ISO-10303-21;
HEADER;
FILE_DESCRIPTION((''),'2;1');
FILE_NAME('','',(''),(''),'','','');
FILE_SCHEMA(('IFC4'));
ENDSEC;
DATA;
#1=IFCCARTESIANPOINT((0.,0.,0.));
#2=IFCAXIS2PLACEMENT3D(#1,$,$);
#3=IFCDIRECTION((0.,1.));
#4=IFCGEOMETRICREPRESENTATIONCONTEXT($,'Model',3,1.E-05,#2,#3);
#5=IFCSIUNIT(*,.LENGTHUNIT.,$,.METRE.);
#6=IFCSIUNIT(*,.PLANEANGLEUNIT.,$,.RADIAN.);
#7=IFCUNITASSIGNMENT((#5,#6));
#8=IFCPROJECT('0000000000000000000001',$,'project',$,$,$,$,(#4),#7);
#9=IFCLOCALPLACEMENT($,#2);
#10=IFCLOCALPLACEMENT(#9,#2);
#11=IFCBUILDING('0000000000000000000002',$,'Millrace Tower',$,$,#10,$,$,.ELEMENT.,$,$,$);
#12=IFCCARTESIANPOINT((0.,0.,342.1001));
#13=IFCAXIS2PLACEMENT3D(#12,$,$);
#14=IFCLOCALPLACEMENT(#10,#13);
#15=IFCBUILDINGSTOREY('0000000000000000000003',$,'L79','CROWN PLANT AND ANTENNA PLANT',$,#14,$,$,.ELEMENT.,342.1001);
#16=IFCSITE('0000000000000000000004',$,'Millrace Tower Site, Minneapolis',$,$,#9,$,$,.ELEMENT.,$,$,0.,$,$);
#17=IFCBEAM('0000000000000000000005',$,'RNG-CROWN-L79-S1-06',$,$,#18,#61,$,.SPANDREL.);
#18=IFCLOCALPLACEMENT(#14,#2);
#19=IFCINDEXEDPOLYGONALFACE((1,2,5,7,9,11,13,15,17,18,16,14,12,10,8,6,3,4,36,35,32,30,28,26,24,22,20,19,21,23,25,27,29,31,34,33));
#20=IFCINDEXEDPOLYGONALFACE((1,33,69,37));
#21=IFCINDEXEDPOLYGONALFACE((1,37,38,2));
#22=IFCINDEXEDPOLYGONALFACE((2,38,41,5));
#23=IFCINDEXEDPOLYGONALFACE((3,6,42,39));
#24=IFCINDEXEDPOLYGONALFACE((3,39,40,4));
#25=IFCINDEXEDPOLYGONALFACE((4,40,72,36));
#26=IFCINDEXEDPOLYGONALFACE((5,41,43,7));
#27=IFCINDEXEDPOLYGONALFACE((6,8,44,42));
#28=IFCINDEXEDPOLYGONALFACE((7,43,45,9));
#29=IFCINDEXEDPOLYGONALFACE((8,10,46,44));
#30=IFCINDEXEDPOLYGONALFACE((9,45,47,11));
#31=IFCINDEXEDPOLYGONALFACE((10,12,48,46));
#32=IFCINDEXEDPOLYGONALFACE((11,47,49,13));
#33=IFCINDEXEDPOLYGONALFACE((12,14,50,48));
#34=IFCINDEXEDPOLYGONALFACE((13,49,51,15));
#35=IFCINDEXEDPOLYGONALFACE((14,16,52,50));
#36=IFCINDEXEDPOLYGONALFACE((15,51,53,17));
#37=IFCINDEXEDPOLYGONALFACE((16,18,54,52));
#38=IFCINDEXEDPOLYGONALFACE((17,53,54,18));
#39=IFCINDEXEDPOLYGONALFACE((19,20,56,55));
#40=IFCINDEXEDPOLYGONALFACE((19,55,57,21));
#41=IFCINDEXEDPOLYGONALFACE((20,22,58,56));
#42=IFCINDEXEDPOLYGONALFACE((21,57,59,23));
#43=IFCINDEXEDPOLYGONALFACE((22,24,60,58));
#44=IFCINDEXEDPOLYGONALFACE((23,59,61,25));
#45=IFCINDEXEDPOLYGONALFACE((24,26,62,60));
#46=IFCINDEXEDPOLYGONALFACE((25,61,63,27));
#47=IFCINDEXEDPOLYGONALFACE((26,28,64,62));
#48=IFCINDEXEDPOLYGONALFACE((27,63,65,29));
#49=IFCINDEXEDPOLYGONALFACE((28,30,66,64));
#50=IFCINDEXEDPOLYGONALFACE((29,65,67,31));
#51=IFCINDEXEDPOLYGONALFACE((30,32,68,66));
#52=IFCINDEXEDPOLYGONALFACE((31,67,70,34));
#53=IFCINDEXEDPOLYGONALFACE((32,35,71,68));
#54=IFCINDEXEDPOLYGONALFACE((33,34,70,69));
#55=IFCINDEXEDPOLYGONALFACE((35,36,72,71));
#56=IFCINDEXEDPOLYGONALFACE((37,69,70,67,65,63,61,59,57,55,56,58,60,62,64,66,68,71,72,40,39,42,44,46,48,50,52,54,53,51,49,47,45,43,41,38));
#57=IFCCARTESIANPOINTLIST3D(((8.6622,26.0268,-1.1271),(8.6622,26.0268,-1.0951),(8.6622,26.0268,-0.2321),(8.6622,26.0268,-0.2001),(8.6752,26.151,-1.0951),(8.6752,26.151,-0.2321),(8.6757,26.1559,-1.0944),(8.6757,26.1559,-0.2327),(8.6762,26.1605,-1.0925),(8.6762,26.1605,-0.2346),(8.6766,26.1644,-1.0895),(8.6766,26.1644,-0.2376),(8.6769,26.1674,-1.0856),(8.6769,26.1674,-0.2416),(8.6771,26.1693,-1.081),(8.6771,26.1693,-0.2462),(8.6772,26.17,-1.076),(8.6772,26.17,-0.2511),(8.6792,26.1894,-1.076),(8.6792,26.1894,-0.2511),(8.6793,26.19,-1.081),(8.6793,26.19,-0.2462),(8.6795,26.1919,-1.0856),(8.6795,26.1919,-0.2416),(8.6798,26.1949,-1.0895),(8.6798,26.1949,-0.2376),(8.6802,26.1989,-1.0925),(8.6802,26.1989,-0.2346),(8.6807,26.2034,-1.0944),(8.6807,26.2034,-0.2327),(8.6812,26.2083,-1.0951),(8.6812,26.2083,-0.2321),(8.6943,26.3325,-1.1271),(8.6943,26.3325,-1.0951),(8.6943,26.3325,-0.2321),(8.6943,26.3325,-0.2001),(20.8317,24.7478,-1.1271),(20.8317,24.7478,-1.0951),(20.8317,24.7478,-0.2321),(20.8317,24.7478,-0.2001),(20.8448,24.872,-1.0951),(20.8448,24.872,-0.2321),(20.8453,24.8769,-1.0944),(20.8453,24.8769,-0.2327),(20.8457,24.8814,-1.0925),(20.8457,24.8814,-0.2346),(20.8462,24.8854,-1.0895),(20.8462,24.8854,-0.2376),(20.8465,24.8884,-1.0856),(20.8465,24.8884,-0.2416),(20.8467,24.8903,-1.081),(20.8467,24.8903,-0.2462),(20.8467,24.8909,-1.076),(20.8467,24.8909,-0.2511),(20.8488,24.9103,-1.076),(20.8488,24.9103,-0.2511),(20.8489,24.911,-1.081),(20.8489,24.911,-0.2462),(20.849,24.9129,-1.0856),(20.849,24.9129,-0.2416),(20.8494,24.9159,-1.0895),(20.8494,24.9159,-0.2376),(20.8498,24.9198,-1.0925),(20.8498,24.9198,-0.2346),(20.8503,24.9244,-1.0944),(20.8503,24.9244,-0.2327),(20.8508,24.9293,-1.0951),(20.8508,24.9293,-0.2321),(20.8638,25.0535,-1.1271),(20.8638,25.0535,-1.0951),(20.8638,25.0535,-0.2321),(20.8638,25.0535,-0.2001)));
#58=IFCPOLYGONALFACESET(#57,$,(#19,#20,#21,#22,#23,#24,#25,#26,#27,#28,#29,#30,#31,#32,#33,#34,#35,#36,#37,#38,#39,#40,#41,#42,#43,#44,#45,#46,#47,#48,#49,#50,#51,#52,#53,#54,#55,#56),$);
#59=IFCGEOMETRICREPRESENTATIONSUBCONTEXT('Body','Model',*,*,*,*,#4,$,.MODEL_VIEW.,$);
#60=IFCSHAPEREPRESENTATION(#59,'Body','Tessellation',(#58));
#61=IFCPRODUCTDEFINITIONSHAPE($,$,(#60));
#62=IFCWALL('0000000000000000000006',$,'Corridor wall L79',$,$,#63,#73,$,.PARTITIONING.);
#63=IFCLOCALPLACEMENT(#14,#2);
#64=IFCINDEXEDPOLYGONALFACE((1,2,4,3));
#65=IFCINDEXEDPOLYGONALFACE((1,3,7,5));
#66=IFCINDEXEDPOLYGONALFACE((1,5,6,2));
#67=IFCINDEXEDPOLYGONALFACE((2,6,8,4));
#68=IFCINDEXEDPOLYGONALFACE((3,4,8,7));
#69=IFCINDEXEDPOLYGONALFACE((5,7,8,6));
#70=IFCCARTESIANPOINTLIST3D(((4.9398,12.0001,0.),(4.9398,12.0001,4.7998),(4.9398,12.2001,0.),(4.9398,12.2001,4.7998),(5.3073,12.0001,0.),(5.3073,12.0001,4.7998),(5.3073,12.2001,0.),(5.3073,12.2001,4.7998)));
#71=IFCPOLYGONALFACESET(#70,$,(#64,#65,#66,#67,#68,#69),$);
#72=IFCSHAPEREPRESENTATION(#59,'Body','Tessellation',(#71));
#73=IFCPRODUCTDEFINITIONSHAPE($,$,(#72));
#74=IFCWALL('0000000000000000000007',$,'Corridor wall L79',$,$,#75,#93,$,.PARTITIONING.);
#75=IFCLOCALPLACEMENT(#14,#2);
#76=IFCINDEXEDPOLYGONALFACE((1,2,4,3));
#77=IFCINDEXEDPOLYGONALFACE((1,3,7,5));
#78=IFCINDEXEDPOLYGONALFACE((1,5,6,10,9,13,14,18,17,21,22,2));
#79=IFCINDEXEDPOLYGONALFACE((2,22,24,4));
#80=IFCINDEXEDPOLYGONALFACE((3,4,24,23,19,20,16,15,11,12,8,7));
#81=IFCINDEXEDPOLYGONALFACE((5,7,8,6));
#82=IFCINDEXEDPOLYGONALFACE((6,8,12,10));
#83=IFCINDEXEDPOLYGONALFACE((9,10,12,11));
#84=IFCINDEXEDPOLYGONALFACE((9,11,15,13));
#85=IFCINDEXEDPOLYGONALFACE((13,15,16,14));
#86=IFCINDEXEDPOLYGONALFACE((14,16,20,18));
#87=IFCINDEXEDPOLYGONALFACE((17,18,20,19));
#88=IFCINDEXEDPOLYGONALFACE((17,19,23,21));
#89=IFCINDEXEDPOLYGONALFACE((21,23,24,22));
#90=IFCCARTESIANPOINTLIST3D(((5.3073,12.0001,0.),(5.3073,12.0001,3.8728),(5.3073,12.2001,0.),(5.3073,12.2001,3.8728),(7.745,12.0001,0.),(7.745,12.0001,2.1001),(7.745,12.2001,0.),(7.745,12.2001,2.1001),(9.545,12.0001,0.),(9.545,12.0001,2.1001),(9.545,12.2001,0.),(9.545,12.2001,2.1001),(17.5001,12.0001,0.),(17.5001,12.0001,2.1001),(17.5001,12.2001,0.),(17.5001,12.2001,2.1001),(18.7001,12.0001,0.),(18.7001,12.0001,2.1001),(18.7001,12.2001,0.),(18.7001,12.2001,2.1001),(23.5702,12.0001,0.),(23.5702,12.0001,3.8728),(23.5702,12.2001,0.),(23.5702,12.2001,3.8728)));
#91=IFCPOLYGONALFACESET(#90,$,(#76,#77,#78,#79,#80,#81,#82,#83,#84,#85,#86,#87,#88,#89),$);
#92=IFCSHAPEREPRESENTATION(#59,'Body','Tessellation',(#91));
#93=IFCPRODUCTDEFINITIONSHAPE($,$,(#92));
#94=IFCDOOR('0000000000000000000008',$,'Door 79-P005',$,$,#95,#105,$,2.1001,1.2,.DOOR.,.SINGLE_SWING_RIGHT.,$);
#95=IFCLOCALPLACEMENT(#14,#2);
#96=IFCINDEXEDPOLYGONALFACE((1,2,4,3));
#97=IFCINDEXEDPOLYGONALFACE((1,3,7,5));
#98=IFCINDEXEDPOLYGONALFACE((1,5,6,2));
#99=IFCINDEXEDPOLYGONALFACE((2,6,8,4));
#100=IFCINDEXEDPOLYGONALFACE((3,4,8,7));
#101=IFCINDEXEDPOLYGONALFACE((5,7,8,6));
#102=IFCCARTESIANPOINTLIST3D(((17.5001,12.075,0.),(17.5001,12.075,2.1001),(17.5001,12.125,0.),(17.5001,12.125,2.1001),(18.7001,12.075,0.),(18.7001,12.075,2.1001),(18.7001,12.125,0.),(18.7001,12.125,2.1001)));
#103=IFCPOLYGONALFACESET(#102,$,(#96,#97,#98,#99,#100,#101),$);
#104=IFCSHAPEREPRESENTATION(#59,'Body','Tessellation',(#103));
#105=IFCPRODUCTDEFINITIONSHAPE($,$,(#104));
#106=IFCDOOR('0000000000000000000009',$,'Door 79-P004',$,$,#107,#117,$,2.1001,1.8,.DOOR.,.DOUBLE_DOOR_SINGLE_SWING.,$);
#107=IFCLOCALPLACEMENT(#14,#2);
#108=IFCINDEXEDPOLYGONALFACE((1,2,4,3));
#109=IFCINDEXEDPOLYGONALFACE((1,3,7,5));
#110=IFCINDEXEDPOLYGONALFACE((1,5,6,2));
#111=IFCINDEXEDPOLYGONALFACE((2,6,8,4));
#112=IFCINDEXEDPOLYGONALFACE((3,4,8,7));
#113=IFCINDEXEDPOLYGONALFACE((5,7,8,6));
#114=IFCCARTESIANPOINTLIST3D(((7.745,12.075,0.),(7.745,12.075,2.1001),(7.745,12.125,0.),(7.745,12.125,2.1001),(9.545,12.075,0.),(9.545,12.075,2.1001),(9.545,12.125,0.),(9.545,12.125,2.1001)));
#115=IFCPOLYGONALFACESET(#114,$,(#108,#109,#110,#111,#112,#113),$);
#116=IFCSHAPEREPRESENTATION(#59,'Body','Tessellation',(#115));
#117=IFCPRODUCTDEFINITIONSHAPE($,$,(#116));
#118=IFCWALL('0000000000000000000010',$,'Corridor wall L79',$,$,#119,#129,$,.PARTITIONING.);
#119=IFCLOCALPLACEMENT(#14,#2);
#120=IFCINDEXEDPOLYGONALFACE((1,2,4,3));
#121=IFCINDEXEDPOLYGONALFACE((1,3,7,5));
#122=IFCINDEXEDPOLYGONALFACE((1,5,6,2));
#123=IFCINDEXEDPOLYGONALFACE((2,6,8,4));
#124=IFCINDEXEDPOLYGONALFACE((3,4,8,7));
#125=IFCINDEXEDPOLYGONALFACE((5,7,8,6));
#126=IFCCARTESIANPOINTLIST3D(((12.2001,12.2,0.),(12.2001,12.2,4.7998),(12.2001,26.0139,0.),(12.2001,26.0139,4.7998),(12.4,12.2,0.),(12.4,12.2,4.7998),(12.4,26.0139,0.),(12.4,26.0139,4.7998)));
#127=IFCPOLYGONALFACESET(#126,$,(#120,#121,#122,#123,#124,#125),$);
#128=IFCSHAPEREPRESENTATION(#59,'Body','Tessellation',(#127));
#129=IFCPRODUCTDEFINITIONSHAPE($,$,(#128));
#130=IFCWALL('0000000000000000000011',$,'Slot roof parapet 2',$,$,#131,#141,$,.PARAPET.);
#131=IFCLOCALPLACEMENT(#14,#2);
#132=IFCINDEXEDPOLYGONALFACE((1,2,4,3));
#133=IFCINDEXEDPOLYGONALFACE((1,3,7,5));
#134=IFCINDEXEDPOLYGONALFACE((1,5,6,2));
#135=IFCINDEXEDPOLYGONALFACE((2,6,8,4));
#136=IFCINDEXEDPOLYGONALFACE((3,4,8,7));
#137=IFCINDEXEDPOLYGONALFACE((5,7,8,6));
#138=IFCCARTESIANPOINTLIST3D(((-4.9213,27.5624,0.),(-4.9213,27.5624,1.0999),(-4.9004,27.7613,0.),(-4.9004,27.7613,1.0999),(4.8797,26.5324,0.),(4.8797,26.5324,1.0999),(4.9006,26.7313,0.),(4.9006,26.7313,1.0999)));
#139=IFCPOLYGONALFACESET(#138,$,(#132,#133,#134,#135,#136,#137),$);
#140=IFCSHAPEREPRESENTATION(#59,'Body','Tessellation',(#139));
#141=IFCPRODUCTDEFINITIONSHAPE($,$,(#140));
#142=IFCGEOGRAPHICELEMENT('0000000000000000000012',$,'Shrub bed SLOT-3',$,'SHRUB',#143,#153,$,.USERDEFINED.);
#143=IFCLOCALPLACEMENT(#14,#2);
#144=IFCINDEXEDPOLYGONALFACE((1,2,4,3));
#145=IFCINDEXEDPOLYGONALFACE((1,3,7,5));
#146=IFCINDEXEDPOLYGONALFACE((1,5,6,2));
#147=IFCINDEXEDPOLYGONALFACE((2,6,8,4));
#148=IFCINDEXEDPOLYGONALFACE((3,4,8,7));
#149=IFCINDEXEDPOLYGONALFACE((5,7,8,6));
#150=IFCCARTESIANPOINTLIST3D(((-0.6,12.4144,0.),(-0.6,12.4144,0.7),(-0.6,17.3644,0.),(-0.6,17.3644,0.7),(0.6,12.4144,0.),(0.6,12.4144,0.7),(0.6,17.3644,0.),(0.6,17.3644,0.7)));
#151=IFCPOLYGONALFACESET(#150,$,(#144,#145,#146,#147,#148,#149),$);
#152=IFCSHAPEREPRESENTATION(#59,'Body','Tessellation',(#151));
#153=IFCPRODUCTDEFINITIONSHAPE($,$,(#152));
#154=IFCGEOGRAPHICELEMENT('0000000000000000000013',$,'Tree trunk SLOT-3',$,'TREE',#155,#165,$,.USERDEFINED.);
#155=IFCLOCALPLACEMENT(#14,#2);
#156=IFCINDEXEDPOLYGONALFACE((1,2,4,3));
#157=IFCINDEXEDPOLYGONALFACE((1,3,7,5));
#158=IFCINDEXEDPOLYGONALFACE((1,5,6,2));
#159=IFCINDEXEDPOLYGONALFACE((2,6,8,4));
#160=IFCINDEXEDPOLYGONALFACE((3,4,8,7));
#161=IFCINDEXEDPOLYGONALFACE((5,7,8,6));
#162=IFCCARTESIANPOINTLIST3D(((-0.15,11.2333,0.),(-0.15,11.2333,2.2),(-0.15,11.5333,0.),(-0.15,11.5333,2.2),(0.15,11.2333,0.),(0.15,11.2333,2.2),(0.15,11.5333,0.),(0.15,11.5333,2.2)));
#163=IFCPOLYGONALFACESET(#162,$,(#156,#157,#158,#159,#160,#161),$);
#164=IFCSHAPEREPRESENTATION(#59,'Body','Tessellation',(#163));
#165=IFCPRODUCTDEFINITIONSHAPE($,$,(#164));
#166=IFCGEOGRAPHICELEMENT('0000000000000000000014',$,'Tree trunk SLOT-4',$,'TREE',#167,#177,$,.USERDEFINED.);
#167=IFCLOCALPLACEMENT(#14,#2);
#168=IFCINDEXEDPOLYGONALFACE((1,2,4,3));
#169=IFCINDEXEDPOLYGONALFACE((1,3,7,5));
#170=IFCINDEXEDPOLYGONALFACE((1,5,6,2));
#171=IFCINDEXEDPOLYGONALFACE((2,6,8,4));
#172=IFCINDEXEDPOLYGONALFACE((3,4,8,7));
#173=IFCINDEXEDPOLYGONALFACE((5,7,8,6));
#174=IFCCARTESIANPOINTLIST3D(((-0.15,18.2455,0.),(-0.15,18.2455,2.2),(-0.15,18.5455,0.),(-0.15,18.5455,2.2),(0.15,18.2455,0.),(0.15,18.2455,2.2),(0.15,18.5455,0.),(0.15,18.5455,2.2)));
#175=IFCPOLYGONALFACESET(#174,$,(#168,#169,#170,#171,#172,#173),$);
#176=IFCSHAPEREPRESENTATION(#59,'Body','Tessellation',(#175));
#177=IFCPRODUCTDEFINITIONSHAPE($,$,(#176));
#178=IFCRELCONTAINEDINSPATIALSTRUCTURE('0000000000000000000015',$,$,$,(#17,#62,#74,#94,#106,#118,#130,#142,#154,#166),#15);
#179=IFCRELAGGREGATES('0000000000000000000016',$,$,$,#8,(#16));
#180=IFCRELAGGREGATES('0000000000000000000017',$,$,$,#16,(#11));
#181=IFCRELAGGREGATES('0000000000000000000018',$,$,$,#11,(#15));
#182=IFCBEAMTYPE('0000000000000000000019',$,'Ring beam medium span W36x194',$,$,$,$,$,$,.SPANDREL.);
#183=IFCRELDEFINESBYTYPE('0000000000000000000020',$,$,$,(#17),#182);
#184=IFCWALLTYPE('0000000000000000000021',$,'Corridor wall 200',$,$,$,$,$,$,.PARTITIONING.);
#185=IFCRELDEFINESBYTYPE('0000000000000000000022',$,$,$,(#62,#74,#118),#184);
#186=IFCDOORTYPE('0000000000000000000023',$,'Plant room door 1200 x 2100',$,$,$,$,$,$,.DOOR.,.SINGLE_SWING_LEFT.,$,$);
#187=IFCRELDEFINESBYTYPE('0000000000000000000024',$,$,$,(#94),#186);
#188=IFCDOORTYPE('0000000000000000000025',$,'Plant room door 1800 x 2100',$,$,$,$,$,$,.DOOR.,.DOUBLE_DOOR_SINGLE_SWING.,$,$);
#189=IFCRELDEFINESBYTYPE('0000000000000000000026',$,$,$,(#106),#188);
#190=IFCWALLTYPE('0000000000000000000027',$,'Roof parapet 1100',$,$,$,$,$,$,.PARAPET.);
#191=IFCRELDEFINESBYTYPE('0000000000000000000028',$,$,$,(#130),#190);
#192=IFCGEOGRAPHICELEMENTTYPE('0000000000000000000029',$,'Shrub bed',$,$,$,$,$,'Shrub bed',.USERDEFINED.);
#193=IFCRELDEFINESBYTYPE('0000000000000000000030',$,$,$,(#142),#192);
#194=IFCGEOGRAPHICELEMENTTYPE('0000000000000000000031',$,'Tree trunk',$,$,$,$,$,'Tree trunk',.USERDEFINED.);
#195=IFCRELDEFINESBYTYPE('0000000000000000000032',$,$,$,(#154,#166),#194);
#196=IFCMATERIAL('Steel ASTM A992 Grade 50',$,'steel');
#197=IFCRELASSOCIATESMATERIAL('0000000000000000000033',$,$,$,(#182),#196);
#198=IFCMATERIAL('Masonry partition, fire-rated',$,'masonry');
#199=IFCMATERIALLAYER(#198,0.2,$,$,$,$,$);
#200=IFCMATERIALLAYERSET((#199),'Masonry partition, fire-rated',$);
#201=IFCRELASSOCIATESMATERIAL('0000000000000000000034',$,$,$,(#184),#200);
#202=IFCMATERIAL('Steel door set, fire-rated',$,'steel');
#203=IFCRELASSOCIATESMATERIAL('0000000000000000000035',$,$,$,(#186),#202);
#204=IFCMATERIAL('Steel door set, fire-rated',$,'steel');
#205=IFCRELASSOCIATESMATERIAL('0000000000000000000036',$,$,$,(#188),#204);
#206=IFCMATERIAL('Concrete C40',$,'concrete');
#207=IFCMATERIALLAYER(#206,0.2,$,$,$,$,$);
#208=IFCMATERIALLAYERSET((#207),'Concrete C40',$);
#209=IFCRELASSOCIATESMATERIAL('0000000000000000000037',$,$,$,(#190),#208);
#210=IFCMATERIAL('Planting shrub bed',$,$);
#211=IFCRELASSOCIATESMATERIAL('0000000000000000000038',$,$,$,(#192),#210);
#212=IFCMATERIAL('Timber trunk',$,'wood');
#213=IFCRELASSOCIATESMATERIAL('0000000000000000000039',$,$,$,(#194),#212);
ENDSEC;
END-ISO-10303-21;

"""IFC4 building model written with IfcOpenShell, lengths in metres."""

from ifc_helpers import new_model, si_unit, direction, frame, frame_2d, origin, origin_2d, place, context, subcontext, project, spatial, rectangle, i_section, extrude, material, layer, layer_set, material_profile, profile_set, type_object, element, fill, save


model = new_model("IFC4")

# Units and contexts
model_context = context("Model", 3, precision=1e-05, world=origin(), true_north=direction((0.0, 1.0)))
body_context = subcontext(model_context, "Body", "Model", "MODEL_VIEW")
ifc_project = project(units=[si_unit("LENGTHUNIT", "METRE"), si_unit("PLANEANGLEUNIT", "RADIAN")], contexts=[model_context])

# Site, building, storey
site_placement = place(None, origin())
site = spatial("IfcSite", under=ifc_project, at=site_placement, Name="Millrace Tower Site, Minneapolis", CompositionType="ELEMENT", RefElevation=0.0)
building_placement = place(site_placement, origin())
building = spatial("IfcBuilding", under=site, at=building_placement, Name="Millrace Tower", CompositionType="ELEMENT")
storey_placement = place(building_placement, frame((0.0, 0.0, 342.1001)))
storey = spatial("IfcBuildingStorey", under=building, at=storey_placement, Name="L79", Description="CROWN PLANT AND ANTENNA PLANT", CompositionType="ELEMENT", Elevation=342.1001)

# Beam
ifc_material_1 = material(Name="Steel ASTM A992 Grade 50", Category="steel")
ifc_material_profile_1 = material_profile(ifc_material_1, i_section(OverallWidth=0.3074, OverallDepth=0.927, WebThickness=0.0195, FlangeThickness=0.032, FilletRadius=0.019, at=origin_2d()))
ifc_profile_set_1 = profile_set([ifc_material_profile_1], Name="Steel ASTM A992 Grade 50")
beam_type_1 = type_object("IfcBeamType", Name="Ring beam medium span W36x194", PredefinedType="SPANDREL", material=ifc_profile_set_1)
beam_1_placement = place(storey_placement, frame((8.6782, 26.1797, -0.6636), z_axis=(0.994522, -0.104528, 0.0), x_axis=(0.104528, 0.994522, 0.0)))
element("IfcBeam", 1, at=beam_1_placement, inside=storey, type_object=beam_type_1, Name="RNG-CROWN-L79-S1-06", PredefinedType="SPANDREL", context=body_context, shape_type="SweptSolid", body=[
    extrude(i_section(OverallWidth=0.3074, OverallDepth=0.927, WebThickness=0.0195, FlangeThickness=0.032, FilletRadius=0.019, at=origin_2d()), origin(), (0.0, 0.0, 1.0), 12.2366),
])

# Wall
ifc_material_2 = material(Name="Masonry partition, fire-rated", Category="masonry")
ifc_layer_1 = layer(ifc_material_2, 0.2)
ifc_layer_set_1 = layer_set([ifc_layer_1], Name="Masonry partition, fire-rated")
wall_type_1 = type_object("IfcWallType", Name="Corridor wall 200", PredefinedType="PARTITIONING", material=ifc_layer_set_1)
wall_1_placement = place(storey_placement, frame((4.9399, 12.1001, 0.0), z_axis=(0.0, 0.0, 1.0), x_axis=(1.0, 0.0, 0.0)))
element("IfcWall", 2, at=wall_1_placement, inside=storey, type_object=wall_type_1, Name="Corridor wall L79", PredefinedType="PARTITIONING", context=body_context, shape_type="SweptSolid", body=[
    extrude(rectangle(XDim=0.3674, YDim=0.2, at=frame_2d((0.1836, 0.0))), origin(), (0.0, 0.0, 1.0), 4.7998),
])

# Wall, openings, doors
wall_2_placement = place(storey_placement, frame((5.3074, 12.1001, 0.0), z_axis=(0.0, 0.0, 1.0), x_axis=(1.0, 0.0, 0.0)))
wall_2 = element("IfcWall", 3, at=wall_2_placement, inside=storey, type_object=wall_type_1, Name="Corridor wall L79", PredefinedType="PARTITIONING", context=body_context, shape_type="SweptSolid", body=[
    extrude(rectangle(XDim=18.2629, YDim=0.2, at=frame_2d((9.1313, 0.0))), origin(), (0.0, 0.0, 1.0), 3.8728),
])
opening_1_placement = place(wall_2_placement, frame((2.4377, 0.0, 0.0)))
opening_1 = element("IfcOpeningElement", 4, at=opening_1_placement, cuts=wall_2, PredefinedType="OPENING", context=body_context, shape_type="SweptSolid", body=[
    extrude(rectangle(XDim=1.8, YDim=2.1001, at=frame_2d((0.8999, 1.05))), frame((0.0, 0.1099, 0.0), z_axis=(0.0, -1.0, 0.0), x_axis=(1.0, 0.0, 0.0)), (0.0, 0.0, 1.0), 0.22),
])
opening_2_placement = place(wall_2_placement, frame((12.1926, 0.0, 0.0)))
opening_2 = element("IfcOpeningElement", 5, at=opening_2_placement, cuts=wall_2, PredefinedType="OPENING", context=body_context, shape_type="SweptSolid", body=[
    extrude(rectangle(XDim=1.2, YDim=2.1001, at=frame_2d((0.6001, 1.05))), frame((0.0, 0.1099, 0.0), z_axis=(0.0, -1.0, 0.0), x_axis=(1.0, 0.0, 0.0)), (0.0, 0.0, 1.0), 0.22),
])
ifc_material_3 = material(Name="Steel door set, fire-rated", Category="steel")
door_type_1 = type_object("IfcDoorType", Name="Plant room door 1200 x 2100", OperationType="SINGLE_SWING_LEFT", PredefinedType="DOOR", material=ifc_material_3)
door_1_placement = place(opening_2_placement, origin())
door_1 = element("IfcDoor", 6, at=door_1_placement, inside=storey, type_object=door_type_1, Name="Door 79-P005", OperationType="SINGLE_SWING_RIGHT", OverallHeight=2.1001, OverallWidth=1.2, PredefinedType="DOOR", context=body_context, shape_type="SweptSolid", body=[
    extrude(rectangle(XDim=1.2, YDim=2.1001, at=frame_2d((0.6001, 1.05))), frame((0.0, 0.0249, 0.0), z_axis=(0.0, -1.0, 0.0), x_axis=(1.0, 0.0, 0.0)), (0.0, 0.0, 1.0), 0.05),
])
fill(opening_2, door_1)
ifc_material_4 = material(Name="Steel door set, fire-rated", Category="steel")
door_type_2 = type_object("IfcDoorType", Name="Plant room door 1800 x 2100", OperationType="DOUBLE_DOOR_SINGLE_SWING", PredefinedType="DOOR", material=ifc_material_4)
door_2_placement = place(opening_1_placement, origin())
door_2 = element("IfcDoor", 7, at=door_2_placement, inside=storey, type_object=door_type_2, Name="Door 79-P004", OperationType="DOUBLE_DOOR_SINGLE_SWING", OverallHeight=2.1001, OverallWidth=1.8, PredefinedType="DOOR", context=body_context, shape_type="SweptSolid", body=[
    extrude(rectangle(XDim=1.8, YDim=2.1001, at=frame_2d((0.8999, 1.05))), frame((0.0, 0.0249, 0.0), z_axis=(0.0, -1.0, 0.0), x_axis=(1.0, 0.0, 0.0)), (0.0, 0.0, 1.0), 0.05),
])
fill(opening_1, door_2)

# Walls
wall_3_placement = place(storey_placement, frame((12.3, 12.2, 0.0), z_axis=(0.0, 0.0, 1.0), x_axis=(0.0, 1.0, 0.0)))
element("IfcWall", 8, at=wall_3_placement, inside=storey, type_object=wall_type_1, Name="Corridor wall L79", PredefinedType="PARTITIONING", context=body_context, shape_type="SweptSolid", body=[
    extrude(rectangle(XDim=13.814, YDim=0.2, at=frame_2d((6.907, 0.0))), origin(), (0.0, 0.0, 1.0), 4.7998),
])
ifc_material_5 = material(Name="Concrete C40", Category="concrete")
ifc_layer_2 = layer(ifc_material_5, 0.2)
ifc_layer_set_2 = layer_set([ifc_layer_2], Name="Concrete C40")
wall_type_2 = type_object("IfcWallType", Name="Roof parapet 1100", PredefinedType="PARAPET", material=ifc_layer_set_2)
wall_4_placement = place(storey_placement, frame((4.8901, 26.6318, 0.0), z_axis=(0.0, 0.0, 1.0), x_axis=(-0.994523, 0.104518, 0.0)))
element("IfcWall", 9, at=wall_4_placement, inside=storey, type_object=wall_type_2, Name="Slot roof parapet 2", PredefinedType="PARAPET", context=body_context, shape_type="SweptSolid", body=[
    extrude(rectangle(XDim=9.855, YDim=0.2, at=frame_2d((4.9275, 0.0))), origin(), (0.0, 0.0, 1.0), 1.0999),
])

# Geographic elements
ifc_material_6 = material(Name="Planting shrub bed")
geographic_element_type_1 = type_object("IfcGeographicElementType", Name="Shrub bed", ElementType="Shrub bed", PredefinedType="USERDEFINED", material=ifc_material_6)
geographic_element_placement = place(storey_placement, frame((0.0, 14.8894, 0.0), z_axis=(0.0, 0.0, 1.0), x_axis=(0.0, 1.0, 0.0)))
element("IfcGeographicElement", 10, at=geographic_element_placement, inside=storey, type_object=geographic_element_type_1, Name="Shrub bed SLOT-3", ObjectType="SHRUB", PredefinedType="USERDEFINED", context=body_context, shape_type="SweptSolid", body=[
    extrude(rectangle(XDim=4.95, YDim=1.2, at=origin_2d()), origin(), (0.0, 0.0, 1.0), 0.7),
])
ifc_material_7 = material(Name="Timber trunk", Category="wood")
geographic_element_type_2 = type_object("IfcGeographicElementType", Name="Tree trunk", ElementType="Tree trunk", PredefinedType="USERDEFINED", material=ifc_material_7)
for number, where, z_axis, x_axis, name in (
    (11, (0.0, 11.3833, 0.0), (0.0, 0.0, 1.0), (1.0, 0.0, 0.0), "Tree trunk SLOT-3"),
    (12, (0.0, 18.3955, 0.0), (0.0, 0.0, 1.0), (1.0, 0.0, 0.0), "Tree trunk SLOT-4"),
):
    element("IfcGeographicElement", number, at=place(storey_placement, frame(where, z_axis=z_axis, x_axis=x_axis)), inside=storey, type_object=geographic_element_type_2, Name=name, ObjectType="TREE", PredefinedType="USERDEFINED", context=body_context, shape_type="SweptSolid", body=[
        extrude(rectangle(XDim=0.3, YDim=0.3, at=origin_2d()), origin(), (0.0, 0.0, 1.0), 2.2),
    ])

save(model, "model.ifc")
